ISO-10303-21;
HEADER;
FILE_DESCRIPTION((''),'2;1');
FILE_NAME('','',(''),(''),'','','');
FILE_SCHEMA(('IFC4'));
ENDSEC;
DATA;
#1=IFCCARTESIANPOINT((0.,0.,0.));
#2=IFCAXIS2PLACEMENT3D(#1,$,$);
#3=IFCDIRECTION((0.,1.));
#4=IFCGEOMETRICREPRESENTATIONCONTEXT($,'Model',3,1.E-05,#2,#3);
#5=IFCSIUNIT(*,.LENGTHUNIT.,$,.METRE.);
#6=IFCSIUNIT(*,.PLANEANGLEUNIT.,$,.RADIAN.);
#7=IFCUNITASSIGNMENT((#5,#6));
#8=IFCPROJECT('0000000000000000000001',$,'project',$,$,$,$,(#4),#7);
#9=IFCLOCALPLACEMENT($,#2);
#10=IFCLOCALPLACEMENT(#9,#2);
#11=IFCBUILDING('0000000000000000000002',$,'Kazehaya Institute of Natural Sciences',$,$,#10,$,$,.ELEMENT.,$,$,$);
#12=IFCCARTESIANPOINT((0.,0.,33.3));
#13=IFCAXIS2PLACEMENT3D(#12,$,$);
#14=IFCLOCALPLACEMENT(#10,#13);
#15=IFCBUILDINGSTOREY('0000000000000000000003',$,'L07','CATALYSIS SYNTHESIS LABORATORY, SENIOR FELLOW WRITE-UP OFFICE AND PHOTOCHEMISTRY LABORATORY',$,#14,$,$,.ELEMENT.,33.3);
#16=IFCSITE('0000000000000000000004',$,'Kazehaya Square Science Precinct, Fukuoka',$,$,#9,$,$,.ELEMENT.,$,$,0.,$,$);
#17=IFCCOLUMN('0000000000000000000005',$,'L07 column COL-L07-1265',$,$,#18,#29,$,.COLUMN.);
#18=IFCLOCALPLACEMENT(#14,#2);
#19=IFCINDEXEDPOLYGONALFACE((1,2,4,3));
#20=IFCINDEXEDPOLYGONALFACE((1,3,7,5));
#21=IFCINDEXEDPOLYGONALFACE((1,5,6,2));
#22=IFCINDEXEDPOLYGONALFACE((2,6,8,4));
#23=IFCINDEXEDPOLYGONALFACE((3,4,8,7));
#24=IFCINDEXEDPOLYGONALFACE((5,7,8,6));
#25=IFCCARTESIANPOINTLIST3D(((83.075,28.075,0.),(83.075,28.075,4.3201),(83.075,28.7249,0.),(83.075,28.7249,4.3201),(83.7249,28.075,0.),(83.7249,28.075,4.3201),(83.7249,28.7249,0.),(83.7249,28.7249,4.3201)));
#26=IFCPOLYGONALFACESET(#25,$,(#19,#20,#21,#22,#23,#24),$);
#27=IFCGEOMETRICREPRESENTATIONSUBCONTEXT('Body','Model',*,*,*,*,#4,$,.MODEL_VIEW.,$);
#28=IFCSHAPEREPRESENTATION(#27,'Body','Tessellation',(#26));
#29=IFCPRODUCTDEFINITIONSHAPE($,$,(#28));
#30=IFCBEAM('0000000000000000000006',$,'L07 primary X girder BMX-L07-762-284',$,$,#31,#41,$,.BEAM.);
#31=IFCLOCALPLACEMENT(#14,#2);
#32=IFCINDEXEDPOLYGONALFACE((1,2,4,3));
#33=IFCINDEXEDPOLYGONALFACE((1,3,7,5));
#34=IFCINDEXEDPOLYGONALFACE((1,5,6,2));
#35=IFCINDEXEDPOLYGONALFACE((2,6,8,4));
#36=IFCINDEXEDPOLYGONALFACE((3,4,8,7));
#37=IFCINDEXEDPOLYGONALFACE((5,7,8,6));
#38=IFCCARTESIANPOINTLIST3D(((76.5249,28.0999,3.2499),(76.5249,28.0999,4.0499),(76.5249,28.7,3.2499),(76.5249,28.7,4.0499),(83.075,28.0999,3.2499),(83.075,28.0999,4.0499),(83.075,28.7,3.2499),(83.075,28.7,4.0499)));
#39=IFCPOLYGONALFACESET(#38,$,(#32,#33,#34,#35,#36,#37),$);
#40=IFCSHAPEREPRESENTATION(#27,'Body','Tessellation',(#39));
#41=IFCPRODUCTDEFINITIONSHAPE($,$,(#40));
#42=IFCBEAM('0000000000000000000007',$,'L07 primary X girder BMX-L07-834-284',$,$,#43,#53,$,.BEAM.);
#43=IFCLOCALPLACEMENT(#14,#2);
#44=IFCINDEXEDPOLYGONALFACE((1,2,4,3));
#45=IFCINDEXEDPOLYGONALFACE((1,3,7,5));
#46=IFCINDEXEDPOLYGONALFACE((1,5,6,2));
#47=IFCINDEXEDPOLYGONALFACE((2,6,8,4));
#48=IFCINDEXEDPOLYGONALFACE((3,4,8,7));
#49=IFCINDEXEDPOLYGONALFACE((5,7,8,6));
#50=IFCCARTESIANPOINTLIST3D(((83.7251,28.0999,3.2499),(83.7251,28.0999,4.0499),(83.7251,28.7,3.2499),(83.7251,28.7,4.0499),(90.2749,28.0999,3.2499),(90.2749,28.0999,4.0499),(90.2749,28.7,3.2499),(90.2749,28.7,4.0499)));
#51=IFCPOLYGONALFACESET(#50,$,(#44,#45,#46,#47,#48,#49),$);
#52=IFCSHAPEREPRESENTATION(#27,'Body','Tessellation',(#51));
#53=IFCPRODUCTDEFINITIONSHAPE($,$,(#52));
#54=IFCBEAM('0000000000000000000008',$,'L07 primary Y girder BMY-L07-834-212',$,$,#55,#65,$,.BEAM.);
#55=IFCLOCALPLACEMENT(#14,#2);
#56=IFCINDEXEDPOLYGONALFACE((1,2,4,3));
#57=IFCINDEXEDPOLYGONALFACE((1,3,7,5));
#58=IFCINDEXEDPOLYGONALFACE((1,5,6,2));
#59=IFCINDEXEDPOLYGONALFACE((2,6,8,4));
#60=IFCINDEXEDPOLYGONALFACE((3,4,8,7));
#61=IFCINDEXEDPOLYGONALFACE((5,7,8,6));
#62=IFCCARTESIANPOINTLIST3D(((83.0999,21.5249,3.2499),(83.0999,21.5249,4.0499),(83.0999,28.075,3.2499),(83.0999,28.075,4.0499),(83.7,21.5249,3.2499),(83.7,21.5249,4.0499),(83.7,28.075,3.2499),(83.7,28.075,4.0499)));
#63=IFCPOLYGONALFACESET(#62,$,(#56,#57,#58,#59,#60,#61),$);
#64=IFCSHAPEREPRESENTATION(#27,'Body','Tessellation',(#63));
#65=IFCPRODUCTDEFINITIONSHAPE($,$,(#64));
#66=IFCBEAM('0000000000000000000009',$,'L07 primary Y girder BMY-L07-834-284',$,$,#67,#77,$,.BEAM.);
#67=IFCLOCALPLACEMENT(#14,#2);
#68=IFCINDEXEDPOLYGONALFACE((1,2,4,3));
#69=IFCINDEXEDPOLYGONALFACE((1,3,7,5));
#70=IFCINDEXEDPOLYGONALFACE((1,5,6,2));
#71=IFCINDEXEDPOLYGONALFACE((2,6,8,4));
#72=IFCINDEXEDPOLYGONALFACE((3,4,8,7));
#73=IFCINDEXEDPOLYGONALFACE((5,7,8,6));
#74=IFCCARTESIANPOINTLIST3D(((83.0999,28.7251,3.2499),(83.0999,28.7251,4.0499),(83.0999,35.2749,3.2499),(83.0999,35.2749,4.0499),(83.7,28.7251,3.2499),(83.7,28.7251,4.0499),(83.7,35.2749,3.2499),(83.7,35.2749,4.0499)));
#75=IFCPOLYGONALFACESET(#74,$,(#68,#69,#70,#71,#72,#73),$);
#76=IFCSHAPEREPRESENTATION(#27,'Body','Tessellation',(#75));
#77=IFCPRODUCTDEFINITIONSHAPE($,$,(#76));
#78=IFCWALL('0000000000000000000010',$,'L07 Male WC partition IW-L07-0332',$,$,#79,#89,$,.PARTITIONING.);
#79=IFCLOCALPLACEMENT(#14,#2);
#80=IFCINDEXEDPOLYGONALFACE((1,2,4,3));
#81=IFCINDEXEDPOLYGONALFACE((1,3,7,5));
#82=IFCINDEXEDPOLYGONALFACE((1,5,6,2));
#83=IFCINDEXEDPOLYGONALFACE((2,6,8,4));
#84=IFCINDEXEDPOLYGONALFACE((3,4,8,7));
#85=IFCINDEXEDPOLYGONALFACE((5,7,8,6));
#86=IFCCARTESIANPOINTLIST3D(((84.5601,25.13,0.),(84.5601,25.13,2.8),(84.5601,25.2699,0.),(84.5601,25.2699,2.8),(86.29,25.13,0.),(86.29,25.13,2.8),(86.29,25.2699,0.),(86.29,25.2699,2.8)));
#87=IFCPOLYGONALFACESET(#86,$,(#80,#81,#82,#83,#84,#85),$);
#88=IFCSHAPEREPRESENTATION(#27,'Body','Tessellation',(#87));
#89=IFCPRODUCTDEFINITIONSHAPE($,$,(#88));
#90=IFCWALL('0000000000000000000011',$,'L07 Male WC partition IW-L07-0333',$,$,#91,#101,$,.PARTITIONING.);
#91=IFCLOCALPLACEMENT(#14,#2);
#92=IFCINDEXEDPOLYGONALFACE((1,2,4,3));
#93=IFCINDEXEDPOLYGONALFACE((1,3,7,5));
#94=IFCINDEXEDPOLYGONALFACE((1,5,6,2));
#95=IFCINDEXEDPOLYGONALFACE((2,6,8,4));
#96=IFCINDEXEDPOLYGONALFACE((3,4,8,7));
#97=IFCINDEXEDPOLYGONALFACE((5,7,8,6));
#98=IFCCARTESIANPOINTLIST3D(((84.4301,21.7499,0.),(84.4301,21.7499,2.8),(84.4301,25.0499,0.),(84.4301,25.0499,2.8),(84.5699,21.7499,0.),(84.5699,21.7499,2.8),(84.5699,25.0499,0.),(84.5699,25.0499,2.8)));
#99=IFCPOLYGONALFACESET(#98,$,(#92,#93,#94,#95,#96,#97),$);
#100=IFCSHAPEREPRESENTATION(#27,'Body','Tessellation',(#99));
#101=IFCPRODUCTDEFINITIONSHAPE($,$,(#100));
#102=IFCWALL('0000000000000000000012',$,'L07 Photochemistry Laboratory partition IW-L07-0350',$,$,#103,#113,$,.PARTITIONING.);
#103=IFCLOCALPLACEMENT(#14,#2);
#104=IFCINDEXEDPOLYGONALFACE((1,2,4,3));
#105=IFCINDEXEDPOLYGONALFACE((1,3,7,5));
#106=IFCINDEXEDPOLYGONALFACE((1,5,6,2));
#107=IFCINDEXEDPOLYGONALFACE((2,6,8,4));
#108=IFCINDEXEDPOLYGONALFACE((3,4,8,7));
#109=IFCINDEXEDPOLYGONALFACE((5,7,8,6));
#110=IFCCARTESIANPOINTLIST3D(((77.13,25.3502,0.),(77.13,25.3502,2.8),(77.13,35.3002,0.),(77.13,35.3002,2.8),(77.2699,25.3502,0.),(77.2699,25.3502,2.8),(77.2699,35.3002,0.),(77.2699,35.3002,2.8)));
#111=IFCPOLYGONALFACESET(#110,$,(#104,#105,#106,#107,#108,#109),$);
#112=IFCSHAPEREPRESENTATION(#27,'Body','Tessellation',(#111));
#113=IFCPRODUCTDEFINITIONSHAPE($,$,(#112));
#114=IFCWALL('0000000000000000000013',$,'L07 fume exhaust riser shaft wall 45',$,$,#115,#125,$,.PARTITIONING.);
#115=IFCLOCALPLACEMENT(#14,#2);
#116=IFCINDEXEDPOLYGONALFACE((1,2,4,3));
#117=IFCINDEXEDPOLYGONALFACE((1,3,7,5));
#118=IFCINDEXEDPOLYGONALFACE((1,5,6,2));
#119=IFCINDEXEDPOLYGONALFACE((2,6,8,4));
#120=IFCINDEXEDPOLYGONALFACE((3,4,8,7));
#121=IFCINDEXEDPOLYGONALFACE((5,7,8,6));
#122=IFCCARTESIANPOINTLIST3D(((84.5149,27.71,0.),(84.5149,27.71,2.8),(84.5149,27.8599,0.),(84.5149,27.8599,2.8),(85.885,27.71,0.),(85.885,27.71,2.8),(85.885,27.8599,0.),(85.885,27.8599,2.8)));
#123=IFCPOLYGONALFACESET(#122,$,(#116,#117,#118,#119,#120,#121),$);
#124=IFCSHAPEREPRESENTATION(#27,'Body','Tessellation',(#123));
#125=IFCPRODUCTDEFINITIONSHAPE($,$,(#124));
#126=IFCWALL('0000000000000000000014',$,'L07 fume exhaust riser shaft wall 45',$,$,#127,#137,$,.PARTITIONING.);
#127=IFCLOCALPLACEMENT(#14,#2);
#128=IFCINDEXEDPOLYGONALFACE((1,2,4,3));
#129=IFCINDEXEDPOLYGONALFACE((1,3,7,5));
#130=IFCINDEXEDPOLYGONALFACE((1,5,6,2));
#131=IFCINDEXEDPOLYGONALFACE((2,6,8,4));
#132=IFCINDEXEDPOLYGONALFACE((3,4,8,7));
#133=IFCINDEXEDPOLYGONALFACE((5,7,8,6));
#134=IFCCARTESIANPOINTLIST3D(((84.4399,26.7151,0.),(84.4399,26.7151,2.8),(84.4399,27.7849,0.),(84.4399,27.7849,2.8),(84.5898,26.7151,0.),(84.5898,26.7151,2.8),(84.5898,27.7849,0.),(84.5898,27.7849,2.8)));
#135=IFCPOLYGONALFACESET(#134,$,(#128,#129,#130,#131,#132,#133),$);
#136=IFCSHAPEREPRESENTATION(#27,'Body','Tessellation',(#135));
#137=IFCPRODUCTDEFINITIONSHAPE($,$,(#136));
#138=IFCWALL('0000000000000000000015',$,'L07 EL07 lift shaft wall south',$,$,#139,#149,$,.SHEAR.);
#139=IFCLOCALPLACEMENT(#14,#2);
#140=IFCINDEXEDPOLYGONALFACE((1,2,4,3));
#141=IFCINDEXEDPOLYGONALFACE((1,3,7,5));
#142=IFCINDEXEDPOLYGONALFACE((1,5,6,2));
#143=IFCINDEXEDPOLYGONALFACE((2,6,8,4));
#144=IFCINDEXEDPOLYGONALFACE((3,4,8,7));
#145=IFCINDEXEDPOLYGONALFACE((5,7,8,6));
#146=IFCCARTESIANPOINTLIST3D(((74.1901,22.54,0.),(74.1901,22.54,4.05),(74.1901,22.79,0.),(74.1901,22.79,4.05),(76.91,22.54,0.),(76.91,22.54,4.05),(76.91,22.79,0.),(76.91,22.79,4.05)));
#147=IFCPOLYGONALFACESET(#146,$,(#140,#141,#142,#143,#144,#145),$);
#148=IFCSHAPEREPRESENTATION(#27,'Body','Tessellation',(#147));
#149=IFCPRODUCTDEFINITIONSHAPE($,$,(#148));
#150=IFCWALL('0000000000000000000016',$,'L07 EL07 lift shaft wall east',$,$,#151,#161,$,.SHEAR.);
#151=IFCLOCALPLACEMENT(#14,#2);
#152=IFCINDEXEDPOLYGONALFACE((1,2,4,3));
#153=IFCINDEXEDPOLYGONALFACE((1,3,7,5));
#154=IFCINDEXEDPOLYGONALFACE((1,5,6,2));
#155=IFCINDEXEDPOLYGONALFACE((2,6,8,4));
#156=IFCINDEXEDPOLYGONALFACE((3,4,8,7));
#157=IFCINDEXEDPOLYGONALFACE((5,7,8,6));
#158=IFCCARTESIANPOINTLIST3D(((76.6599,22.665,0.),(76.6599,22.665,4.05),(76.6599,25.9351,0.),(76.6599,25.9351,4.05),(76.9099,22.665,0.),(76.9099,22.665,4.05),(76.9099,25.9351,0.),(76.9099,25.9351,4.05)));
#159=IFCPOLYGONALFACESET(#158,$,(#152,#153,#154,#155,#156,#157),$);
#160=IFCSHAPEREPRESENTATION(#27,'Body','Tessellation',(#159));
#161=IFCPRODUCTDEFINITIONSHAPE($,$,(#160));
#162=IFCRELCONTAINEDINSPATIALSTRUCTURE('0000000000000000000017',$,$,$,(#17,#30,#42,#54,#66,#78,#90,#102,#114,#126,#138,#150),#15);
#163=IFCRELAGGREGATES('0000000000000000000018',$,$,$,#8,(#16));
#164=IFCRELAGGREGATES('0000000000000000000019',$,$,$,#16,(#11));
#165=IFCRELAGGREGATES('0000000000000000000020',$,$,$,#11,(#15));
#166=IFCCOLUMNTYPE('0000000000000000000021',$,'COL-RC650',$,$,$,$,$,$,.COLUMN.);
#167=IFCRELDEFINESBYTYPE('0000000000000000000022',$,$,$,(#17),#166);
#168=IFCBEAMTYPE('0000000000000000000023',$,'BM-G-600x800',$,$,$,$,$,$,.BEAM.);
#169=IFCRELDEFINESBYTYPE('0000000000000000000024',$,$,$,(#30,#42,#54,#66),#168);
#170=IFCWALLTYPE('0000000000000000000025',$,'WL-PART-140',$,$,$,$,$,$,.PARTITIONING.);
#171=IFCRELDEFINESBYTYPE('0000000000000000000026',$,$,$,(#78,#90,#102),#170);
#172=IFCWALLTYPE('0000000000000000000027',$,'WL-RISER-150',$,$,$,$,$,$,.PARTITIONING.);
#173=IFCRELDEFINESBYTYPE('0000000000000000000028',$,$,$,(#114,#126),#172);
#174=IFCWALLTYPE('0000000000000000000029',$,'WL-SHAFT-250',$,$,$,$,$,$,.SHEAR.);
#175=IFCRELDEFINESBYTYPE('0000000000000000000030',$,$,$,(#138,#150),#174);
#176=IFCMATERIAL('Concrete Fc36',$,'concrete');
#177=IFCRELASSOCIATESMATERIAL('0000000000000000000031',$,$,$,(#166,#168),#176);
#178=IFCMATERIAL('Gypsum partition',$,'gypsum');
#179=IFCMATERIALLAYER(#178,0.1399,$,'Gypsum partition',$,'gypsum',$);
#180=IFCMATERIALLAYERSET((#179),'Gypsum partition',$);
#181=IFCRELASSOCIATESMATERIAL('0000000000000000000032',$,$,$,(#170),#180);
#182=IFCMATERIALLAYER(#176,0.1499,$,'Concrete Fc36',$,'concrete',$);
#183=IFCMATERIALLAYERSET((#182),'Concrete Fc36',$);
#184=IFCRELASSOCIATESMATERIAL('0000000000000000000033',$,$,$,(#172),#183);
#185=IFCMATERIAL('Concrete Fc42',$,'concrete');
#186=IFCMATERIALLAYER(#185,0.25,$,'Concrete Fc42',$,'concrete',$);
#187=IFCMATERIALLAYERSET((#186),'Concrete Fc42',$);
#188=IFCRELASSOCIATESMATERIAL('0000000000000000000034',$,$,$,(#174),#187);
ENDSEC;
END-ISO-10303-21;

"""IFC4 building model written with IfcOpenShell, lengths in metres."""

from ifc_helpers import new_model, si_unit, direction, frame, frame_2d, origin, origin_2d, place, context, subcontext, project, spatial, rectangle, extrude, material, layer, layer_set, material_profile, profile_set, type_object, element, save


model = new_model("IFC4")

# Units and contexts
model_context = context("Model", 3, precision=1e-05, world=origin(), true_north=direction((0.0, 1.0)))
body_context = subcontext(model_context, "Body", "Model", "MODEL_VIEW")
ifc_project = project(units=[si_unit("LENGTHUNIT", "METRE"), si_unit("PLANEANGLEUNIT", "RADIAN")], contexts=[model_context])

# Site, building, storey
site_placement = place(None, origin())
site = spatial("IfcSite", under=ifc_project, at=site_placement, Name="Kazehaya Square Science Precinct, Fukuoka", CompositionType="ELEMENT", RefElevation=0.0)
building_placement = place(site_placement, origin())
building = spatial("IfcBuilding", under=site, at=building_placement, Name="Kazehaya Institute of Natural Sciences", CompositionType="ELEMENT")
storey_placement = place(building_placement, frame((0.0, 0.0, 33.3)))
storey = spatial("IfcBuildingStorey", under=building, at=storey_placement, Name="L07", Description="CATALYSIS SYNTHESIS LABORATORY, SENIOR FELLOW WRITE-UP OFFICE AND PHOTOCHEMISTRY LABORATORY", CompositionType="ELEMENT", Elevation=33.3)

# Column
ifc_material_1 = material(Name="Concrete Fc36", Category="concrete")
ifc_material_profile_1 = material_profile(ifc_material_1, rectangle(XDim=0.6499, YDim=0.6499, at=origin_2d()), Name="RC-650x650")
ifc_profile_set_1 = profile_set([ifc_material_profile_1], Name="Concrete Fc36")
column_type = type_object("IfcColumnType", Name="COL-RC650", PredefinedType="COLUMN", material=ifc_profile_set_1)
column_placement = place(storey_placement, frame((83.3999, 28.3999, 0.0), z_axis=(0.0, 0.0, 1.0), x_axis=(1.0, 0.0, 0.0)))
element("IfcColumn", 1, at=column_placement, inside=storey, type_object=column_type, Name="L07 column COL-L07-1265", PredefinedType="COLUMN", context=body_context, shape_type="SweptSolid", body=[
    extrude(rectangle(XDim=0.6499, YDim=0.6499, at=origin_2d()), origin(), (0.0, 0.0, 1.0), 4.3201),
])

# Beams
ifc_material_profile_2 = material_profile(ifc_material_1, rectangle(XDim=0.6001, YDim=0.8, at=origin_2d()), Name="RC-600x800")
ifc_profile_set_2 = profile_set([ifc_material_profile_2], Name="Concrete Fc36")
beam_type = type_object("IfcBeamType", Name="BM-G-600x800", PredefinedType="BEAM", material=ifc_profile_set_2)
beam_1_placement = place(storey_placement, frame((76.5249, 28.3999, 3.6499), z_axis=(1.0, 0.0, 0.0), x_axis=(0.0, 1.0, 0.0)))
element("IfcBeam", 2, at=beam_1_placement, inside=storey, type_object=beam_type, Name="L07 primary X girder BMX-L07-762-284", PredefinedType="BEAM", context=body_context, shape_type="SweptSolid", body=[
    extrude(rectangle(XDim=0.6001, YDim=0.8, at=origin_2d()), origin(), (0.0, 0.0, 1.0), 6.55),
])
beam_2_placement = place(storey_placement, frame((83.7251, 28.3999, 3.6499), z_axis=(1.0, 0.0, 0.0), x_axis=(0.0, 1.0, 0.0)))
element("IfcBeam", 3, at=beam_2_placement, inside=storey, type_object=beam_type, Name="L07 primary X girder BMX-L07-834-284", PredefinedType="BEAM", context=body_context, shape_type="SweptSolid", body=[
    extrude(rectangle(XDim=0.6001, YDim=0.8, at=origin_2d()), origin(), (0.0, 0.0, 1.0), 6.5498),
])
beam_3_placement = place(storey_placement, frame((83.3999, 21.5249, 3.6499), z_axis=(0.0, 1.0, 0.0), x_axis=(-1.0, 0.0, 0.0)))
element("IfcBeam", 4, at=beam_3_placement, inside=storey, type_object=beam_type, Name="L07 primary Y girder BMY-L07-834-212", PredefinedType="BEAM", context=body_context, shape_type="SweptSolid", body=[
    extrude(rectangle(XDim=0.6001, YDim=0.8, at=origin_2d()), origin(), (0.0, 0.0, 1.0), 6.55),
])
beam_4_placement = place(storey_placement, frame((83.3999, 28.7251, 3.6499), z_axis=(0.0, 1.0, 0.0), x_axis=(-1.0, 0.0, 0.0)))
element("IfcBeam", 5, at=beam_4_placement, inside=storey, type_object=beam_type, Name="L07 primary Y girder BMY-L07-834-284", PredefinedType="BEAM", context=body_context, shape_type="SweptSolid", body=[
    extrude(rectangle(XDim=0.6001, YDim=0.8, at=origin_2d()), origin(), (0.0, 0.0, 1.0), 6.5498),
])

# Walls
ifc_material_2 = material(Name="Gypsum partition", Category="gypsum")
ifc_layer_1 = layer(ifc_material_2, 0.1399, Name="Gypsum partition", Category="gypsum")
ifc_layer_set_1 = layer_set([ifc_layer_1], Name="Gypsum partition")
wall_type_1 = type_object("IfcWallType", Name="WL-PART-140", PredefinedType="PARTITIONING", material=ifc_layer_set_1)
wall_1_placement = place(storey_placement, frame((84.5601, 25.2, 0.0), z_axis=(0.0, 0.0, 1.0), x_axis=(1.0, 0.0, 0.0)))
element("IfcWall", 6, at=wall_1_placement, inside=storey, type_object=wall_type_1, Name="L07 Male WC partition IW-L07-0332", PredefinedType="PARTITIONING", context=body_context, shape_type="SweptSolid", body=[
    extrude(rectangle(XDim=1.73, YDim=0.1399, at=frame_2d((0.865, 0.0))), origin(), (0.0, 0.0, 1.0), 2.8),
])
wall_2_placement = place(storey_placement, frame((84.5, 21.75, 0.0), z_axis=(0.0, 0.0, 1.0), x_axis=(0.0, 1.0, 0.0)))
element("IfcWall", 7, at=wall_2_placement, inside=storey, type_object=wall_type_1, Name="L07 Male WC partition IW-L07-0333", PredefinedType="PARTITIONING", context=body_context, shape_type="SweptSolid", body=[
    extrude(rectangle(XDim=3.3, YDim=0.1399, at=frame_2d((1.6499, 0.0))), origin(), (0.0, 0.0, 1.0), 2.8),
])
wall_3_placement = place(storey_placement, frame((77.2, 25.3501, 0.0), z_axis=(0.0, 0.0, 1.0), x_axis=(0.0, 1.0, 0.0)))
element("IfcWall", 8, at=wall_3_placement, inside=storey, type_object=wall_type_1, Name="L07 Photochemistry Laboratory partition IW-L07-0350", PredefinedType="PARTITIONING", context=body_context, shape_type="SweptSolid", body=[
    extrude(rectangle(XDim=9.95, YDim=0.1399, at=frame_2d((4.9751, 0.0))), origin(), (0.0, 0.0, 1.0), 2.8),
])
ifc_layer_2 = layer(ifc_material_1, 0.1499, Name="Concrete Fc36", Category="concrete")
ifc_layer_set_2 = layer_set([ifc_layer_2], Name="Concrete Fc36")
wall_type_2 = type_object("IfcWallType", Name="WL-RISER-150", PredefinedType="PARTITIONING", material=ifc_layer_set_2)
wall_4_placement = place(storey_placement, frame((84.5149, 27.7849, 0.0), z_axis=(0.0, 0.0, 1.0), x_axis=(1.0, 0.0, 0.0)))
element("IfcWall", 9, at=wall_4_placement, inside=storey, type_object=wall_type_2, Name="L07 fume exhaust riser shaft wall 45", PredefinedType="PARTITIONING", context=body_context, shape_type="SweptSolid", body=[
    extrude(rectangle(XDim=1.3701, YDim=0.1499, at=frame_2d((0.6851, 0.0))), origin(), (0.0, 0.0, 1.0), 2.8),
])
wall_5_placement = place(storey_placement, frame((84.5149, 26.7151, 0.0), z_axis=(0.0, 0.0, 1.0), x_axis=(0.0, 1.0, 0.0)))
element("IfcWall", 10, at=wall_5_placement, inside=storey, type_object=wall_type_2, Name="L07 fume exhaust riser shaft wall 45", PredefinedType="PARTITIONING", context=body_context, shape_type="SweptSolid", body=[
    extrude(rectangle(XDim=1.0698, YDim=0.1499, at=frame_2d((0.5349, 0.0))), origin(), (0.0, 0.0, 1.0), 2.8),
])
ifc_material_3 = material(Name="Concrete Fc42", Category="concrete")
ifc_layer_3 = layer(ifc_material_3, 0.25, Name="Concrete Fc42", Category="concrete")
ifc_layer_set_3 = layer_set([ifc_layer_3], Name="Concrete Fc42")
wall_type_3 = type_object("IfcWallType", Name="WL-SHAFT-250", PredefinedType="SHEAR", material=ifc_layer_set_3)
wall_6_placement = place(storey_placement, frame((76.9099, 22.665, 0.0), z_axis=(0.0, 0.0, 1.0), x_axis=(-1.0, 0.0, 0.0)))
element("IfcWall", 11, at=wall_6_placement, inside=storey, type_object=wall_type_3, Name="L07 EL07 lift shaft wall south", PredefinedType="SHEAR", context=body_context, shape_type="SweptSolid", body=[
    extrude(rectangle(XDim=2.72, YDim=0.25, at=frame_2d((1.3599, 0.0))), origin(), (0.0, 0.0, 1.0), 4.05),
])
wall_7_placement = place(storey_placement, frame((76.7849, 25.9351, 0.0), z_axis=(0.0, 0.0, 1.0), x_axis=(0.0, -1.0, 0.0)))
element("IfcWall", 12, at=wall_7_placement, inside=storey, type_object=wall_type_3, Name="L07 EL07 lift shaft wall east", PredefinedType="SHEAR", context=body_context, shape_type="SweptSolid", body=[
    extrude(rectangle(XDim=3.27, YDim=0.25, at=frame_2d((1.635, 0.0))), origin(), (0.0, 0.0, 1.0), 4.05),
])

save(model, "model.ifc")
